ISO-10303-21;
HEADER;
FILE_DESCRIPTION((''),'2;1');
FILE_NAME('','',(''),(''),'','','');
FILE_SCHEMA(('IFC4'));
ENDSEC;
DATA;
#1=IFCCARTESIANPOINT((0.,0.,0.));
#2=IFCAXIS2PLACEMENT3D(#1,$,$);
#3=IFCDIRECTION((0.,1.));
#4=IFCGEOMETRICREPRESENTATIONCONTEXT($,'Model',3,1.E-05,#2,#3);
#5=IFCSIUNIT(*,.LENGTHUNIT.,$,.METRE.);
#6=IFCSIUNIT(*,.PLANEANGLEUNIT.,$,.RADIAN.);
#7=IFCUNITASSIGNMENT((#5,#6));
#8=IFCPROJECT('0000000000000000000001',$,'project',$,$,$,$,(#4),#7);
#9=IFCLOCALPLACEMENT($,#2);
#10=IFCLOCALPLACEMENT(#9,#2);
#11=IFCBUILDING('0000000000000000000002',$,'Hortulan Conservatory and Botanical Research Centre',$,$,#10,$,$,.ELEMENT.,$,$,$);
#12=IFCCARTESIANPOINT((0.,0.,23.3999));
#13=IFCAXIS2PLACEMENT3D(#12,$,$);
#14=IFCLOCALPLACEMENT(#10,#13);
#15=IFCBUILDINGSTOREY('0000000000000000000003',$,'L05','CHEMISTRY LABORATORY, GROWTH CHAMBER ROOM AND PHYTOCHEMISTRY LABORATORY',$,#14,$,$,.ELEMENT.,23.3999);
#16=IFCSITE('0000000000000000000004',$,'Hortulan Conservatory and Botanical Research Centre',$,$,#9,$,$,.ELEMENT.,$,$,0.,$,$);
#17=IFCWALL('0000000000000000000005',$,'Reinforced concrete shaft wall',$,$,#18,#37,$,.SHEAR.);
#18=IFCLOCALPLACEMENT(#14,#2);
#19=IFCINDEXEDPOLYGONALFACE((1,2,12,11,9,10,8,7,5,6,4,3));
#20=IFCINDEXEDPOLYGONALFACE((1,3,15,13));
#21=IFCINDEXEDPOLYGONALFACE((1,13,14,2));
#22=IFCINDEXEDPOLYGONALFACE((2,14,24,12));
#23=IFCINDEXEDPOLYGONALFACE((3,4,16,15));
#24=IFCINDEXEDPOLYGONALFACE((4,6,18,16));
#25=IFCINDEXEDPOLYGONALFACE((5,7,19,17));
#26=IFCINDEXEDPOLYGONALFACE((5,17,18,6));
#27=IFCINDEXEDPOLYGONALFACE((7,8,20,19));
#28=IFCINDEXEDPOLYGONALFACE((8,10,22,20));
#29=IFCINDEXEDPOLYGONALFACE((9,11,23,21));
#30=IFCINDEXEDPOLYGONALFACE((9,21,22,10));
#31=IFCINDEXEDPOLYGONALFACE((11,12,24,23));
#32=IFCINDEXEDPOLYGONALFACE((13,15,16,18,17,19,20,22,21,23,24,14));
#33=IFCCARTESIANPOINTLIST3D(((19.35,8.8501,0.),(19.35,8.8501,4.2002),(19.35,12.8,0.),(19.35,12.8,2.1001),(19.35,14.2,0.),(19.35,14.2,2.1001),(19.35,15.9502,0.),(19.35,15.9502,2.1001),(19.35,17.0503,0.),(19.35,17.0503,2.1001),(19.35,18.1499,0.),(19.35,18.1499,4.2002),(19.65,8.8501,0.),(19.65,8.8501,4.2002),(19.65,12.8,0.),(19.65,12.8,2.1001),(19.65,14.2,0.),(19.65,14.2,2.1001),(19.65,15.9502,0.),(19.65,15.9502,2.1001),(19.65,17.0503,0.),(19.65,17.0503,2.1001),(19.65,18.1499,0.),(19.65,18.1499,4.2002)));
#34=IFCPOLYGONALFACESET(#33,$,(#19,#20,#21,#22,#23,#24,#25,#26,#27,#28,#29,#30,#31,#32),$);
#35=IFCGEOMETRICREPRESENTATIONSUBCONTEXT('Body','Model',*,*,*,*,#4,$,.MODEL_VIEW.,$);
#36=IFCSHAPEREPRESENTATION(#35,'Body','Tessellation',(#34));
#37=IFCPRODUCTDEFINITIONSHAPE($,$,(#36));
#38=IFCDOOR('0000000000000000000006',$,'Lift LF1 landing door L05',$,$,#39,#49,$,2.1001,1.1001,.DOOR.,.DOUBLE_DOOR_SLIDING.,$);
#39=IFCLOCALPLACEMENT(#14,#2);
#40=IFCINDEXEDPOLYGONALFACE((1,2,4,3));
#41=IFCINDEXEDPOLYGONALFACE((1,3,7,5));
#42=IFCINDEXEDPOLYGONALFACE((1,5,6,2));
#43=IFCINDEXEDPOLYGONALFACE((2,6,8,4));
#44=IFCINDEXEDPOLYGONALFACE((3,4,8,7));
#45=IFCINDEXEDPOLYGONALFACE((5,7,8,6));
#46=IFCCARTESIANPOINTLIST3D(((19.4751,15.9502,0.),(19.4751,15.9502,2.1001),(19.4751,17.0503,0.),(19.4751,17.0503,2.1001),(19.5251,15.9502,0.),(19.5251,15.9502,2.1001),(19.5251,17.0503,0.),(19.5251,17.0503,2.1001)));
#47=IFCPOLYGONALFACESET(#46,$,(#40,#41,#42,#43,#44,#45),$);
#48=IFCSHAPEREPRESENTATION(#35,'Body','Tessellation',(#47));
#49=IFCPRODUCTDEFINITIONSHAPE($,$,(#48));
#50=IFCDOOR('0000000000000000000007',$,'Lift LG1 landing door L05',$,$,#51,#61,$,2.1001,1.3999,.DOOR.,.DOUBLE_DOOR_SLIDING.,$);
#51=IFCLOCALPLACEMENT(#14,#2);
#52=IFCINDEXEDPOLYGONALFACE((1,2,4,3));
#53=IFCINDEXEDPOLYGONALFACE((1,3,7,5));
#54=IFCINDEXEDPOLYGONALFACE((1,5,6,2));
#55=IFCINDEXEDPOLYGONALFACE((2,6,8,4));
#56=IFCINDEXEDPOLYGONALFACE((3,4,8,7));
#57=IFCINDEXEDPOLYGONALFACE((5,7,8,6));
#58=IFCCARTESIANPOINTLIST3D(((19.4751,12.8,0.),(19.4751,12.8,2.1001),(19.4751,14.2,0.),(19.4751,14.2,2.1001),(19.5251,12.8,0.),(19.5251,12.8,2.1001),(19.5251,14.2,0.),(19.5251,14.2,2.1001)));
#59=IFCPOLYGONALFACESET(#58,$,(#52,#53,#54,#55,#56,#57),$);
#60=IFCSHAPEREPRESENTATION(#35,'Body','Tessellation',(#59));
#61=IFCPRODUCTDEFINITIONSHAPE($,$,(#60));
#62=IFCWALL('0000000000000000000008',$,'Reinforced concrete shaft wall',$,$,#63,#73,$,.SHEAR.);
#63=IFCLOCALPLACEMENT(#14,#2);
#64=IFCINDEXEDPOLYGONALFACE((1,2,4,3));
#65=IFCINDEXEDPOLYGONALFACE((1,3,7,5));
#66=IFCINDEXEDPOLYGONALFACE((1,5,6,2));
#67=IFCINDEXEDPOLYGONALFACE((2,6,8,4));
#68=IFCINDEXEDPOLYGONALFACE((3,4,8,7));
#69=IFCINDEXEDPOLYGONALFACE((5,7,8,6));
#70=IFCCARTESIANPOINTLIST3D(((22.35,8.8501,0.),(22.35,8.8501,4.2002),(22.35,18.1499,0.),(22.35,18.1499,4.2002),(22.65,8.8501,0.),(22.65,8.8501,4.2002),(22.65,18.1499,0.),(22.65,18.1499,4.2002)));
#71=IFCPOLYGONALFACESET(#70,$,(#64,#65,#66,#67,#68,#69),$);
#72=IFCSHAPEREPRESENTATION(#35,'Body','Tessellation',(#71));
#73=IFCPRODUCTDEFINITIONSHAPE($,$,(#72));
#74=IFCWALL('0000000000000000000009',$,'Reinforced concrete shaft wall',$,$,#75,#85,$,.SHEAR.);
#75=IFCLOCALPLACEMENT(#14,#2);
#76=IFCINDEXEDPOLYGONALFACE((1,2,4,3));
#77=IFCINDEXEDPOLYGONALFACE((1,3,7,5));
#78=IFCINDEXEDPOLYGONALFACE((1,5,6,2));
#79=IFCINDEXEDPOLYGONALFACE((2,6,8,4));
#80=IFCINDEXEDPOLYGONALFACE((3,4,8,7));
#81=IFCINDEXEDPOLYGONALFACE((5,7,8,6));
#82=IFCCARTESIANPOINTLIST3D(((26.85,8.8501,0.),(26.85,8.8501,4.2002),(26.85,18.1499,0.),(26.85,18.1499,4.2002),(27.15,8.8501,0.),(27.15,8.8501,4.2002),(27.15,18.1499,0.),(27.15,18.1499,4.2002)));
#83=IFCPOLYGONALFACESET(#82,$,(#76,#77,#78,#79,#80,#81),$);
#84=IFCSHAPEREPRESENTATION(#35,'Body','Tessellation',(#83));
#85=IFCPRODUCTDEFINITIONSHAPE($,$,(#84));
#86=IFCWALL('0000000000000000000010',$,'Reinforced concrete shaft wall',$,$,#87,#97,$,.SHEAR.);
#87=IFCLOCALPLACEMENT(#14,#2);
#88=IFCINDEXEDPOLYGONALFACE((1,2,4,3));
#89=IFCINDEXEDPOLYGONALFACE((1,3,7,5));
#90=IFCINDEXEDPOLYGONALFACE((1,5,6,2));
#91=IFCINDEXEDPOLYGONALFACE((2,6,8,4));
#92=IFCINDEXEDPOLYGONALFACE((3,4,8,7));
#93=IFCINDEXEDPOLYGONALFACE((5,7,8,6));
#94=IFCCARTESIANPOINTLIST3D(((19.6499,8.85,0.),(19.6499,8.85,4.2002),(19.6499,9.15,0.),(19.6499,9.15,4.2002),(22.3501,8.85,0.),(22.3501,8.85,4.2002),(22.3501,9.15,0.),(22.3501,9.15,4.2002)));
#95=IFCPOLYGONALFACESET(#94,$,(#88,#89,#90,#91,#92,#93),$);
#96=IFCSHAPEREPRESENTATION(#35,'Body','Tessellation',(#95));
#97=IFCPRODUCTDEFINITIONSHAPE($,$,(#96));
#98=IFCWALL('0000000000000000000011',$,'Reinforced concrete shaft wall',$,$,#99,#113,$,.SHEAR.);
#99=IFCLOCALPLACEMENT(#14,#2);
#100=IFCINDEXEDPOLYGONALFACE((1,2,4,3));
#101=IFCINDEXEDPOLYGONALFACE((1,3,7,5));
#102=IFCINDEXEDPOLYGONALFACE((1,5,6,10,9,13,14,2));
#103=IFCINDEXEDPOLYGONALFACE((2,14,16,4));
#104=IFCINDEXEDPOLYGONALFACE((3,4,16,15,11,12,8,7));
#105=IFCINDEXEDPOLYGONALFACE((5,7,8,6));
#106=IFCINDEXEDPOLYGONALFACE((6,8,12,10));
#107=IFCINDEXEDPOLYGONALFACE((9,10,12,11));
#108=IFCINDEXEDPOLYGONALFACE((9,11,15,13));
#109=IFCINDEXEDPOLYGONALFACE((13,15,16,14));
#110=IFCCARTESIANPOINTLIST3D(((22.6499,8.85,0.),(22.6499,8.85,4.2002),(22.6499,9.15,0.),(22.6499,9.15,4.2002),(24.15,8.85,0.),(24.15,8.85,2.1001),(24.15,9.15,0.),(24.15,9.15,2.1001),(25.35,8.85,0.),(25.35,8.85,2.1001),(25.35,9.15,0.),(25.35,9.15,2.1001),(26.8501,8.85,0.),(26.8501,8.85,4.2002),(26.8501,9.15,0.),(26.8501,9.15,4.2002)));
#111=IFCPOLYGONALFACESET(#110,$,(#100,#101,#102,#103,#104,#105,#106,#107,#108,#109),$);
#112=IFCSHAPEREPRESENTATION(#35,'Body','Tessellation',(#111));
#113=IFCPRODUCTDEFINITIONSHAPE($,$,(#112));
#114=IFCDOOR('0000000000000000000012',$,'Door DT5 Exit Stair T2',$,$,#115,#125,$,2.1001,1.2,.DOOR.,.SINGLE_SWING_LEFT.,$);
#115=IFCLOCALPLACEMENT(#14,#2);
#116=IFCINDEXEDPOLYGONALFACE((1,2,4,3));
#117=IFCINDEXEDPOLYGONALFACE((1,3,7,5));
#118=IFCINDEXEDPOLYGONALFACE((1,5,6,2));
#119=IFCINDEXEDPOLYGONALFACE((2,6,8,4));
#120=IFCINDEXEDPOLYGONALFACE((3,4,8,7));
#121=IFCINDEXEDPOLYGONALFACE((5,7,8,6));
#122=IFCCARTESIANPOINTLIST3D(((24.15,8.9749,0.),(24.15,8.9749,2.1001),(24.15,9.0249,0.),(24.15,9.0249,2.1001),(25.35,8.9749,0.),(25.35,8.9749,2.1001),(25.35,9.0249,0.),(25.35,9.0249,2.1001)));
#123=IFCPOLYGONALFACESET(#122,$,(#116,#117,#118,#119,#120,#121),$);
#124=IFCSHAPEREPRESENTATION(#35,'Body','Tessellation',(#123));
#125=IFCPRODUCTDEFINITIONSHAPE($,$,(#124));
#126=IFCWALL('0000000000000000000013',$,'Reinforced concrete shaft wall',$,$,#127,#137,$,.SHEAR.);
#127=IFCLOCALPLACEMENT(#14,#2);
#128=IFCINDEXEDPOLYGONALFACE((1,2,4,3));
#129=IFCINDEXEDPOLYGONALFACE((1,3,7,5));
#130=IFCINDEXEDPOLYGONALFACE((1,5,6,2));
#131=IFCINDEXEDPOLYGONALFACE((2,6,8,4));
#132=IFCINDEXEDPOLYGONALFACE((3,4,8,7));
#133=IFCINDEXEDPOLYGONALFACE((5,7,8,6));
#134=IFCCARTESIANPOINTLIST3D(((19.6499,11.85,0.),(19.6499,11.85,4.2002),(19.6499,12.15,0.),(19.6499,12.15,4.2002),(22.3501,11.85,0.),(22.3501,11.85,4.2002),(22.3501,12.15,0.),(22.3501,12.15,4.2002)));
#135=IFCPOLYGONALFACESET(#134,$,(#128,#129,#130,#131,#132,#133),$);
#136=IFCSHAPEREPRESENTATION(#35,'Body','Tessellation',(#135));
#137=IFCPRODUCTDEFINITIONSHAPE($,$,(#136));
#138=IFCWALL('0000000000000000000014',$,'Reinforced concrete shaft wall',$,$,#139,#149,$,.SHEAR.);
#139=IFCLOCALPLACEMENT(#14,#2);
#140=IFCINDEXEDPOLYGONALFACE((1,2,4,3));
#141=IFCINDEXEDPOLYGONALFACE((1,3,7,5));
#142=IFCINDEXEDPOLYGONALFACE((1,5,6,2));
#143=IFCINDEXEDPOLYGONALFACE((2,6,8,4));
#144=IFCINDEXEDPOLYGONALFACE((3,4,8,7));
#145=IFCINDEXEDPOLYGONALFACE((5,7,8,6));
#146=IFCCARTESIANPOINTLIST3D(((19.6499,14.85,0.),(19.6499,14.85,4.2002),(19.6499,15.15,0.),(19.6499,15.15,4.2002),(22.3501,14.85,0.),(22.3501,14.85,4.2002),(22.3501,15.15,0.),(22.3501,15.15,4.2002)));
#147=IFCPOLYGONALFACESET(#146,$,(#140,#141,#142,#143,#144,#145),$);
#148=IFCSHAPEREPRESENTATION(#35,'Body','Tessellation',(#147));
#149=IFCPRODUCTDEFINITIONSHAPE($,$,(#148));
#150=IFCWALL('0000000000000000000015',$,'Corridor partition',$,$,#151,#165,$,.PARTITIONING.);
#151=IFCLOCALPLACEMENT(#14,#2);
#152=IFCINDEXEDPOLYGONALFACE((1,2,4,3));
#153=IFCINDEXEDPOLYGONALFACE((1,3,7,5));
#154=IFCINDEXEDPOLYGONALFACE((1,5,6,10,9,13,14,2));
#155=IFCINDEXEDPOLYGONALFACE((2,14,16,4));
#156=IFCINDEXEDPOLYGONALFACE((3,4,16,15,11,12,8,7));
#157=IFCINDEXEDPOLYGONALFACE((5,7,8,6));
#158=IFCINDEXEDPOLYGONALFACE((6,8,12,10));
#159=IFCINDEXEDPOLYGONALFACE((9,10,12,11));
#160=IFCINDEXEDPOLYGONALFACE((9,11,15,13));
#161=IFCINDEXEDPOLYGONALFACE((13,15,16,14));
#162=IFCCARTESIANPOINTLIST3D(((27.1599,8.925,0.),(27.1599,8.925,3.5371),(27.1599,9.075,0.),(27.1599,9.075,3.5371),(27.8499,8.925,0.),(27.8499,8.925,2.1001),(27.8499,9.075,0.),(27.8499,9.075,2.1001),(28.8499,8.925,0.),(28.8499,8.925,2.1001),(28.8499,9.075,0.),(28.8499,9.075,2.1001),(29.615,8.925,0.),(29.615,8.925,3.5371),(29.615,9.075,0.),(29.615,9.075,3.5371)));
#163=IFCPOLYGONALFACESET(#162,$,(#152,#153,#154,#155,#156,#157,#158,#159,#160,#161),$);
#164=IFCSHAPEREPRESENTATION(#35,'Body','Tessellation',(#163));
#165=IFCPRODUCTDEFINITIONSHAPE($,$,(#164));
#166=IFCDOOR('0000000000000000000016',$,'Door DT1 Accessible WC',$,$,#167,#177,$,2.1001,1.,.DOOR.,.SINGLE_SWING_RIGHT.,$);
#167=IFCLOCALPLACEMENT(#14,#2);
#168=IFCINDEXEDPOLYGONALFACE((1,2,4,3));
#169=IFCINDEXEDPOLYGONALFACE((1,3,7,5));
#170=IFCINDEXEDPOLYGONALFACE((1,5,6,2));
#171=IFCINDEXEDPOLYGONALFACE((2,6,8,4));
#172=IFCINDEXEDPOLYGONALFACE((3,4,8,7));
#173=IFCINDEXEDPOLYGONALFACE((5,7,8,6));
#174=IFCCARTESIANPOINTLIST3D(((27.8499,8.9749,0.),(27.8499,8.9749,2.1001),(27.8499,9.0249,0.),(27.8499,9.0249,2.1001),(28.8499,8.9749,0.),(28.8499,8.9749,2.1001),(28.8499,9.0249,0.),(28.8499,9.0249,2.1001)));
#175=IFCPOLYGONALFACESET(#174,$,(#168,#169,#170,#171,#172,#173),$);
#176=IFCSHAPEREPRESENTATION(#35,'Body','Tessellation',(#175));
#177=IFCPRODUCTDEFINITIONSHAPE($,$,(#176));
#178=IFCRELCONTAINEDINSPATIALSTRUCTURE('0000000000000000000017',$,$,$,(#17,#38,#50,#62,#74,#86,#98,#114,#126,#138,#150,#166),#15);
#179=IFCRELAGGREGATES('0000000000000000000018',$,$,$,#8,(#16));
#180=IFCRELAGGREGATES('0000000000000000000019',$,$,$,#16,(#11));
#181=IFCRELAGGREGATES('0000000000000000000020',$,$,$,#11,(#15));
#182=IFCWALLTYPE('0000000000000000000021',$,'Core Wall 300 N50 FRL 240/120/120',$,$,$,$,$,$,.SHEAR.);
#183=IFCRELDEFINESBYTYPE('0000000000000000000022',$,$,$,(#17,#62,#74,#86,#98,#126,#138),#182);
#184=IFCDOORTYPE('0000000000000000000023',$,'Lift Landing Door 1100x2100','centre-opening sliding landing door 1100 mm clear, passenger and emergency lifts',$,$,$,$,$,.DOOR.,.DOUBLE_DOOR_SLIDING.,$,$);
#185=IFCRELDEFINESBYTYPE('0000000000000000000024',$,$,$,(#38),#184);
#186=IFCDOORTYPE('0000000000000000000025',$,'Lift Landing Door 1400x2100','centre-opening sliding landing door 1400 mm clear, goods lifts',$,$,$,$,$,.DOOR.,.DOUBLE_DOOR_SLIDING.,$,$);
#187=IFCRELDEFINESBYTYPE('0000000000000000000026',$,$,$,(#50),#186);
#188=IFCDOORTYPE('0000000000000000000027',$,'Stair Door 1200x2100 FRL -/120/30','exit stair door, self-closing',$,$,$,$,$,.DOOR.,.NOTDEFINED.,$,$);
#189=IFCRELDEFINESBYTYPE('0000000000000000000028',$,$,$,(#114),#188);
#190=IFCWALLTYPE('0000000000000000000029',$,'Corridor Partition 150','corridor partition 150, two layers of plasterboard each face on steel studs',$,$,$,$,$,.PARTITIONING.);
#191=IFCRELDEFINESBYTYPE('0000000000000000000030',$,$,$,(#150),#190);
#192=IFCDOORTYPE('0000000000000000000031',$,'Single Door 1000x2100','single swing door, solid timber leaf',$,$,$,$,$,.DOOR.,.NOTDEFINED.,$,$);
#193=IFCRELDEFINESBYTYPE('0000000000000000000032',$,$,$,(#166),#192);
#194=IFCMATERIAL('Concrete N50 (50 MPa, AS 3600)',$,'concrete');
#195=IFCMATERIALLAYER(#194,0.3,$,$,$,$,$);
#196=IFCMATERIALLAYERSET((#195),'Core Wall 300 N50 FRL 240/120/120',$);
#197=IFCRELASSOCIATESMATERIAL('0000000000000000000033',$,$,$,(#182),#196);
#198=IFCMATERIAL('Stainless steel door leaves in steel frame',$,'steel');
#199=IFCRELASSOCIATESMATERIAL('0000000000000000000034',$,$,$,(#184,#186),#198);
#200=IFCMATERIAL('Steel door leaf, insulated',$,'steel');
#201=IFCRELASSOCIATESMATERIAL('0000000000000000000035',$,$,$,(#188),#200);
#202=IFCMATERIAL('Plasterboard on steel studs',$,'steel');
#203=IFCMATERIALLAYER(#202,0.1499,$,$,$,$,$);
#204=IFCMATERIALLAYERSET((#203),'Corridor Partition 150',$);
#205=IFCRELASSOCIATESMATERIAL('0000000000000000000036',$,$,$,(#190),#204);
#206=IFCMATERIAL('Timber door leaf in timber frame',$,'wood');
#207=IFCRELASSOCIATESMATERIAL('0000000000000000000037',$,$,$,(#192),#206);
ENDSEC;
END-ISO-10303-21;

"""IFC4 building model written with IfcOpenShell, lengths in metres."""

from ifc_helpers import new_model, si_unit, direction, frame, frame_2d, origin, place, context, subcontext, project, spatial, rectangle, extrude, material, layer, layer_set, type_object, element, fill, save


model = new_model("IFC4")

# Units and contexts
model_context = context("Model", 3, precision=1e-05, world=origin(), true_north=direction((0.0, 1.0)))
body_context = subcontext(model_context, "Body", "Model", "MODEL_VIEW")
ifc_project = project(units=[si_unit("LENGTHUNIT", "METRE"), si_unit("PLANEANGLEUNIT", "RADIAN")], contexts=[model_context])

# Site, building, storey
site_placement = place(None, origin())
site = spatial("IfcSite", under=ifc_project, at=site_placement, Name="Hortulan Conservatory and Botanical Research Centre", CompositionType="ELEMENT", RefElevation=0.0)
building_placement = place(site_placement, origin())
building = spatial("IfcBuilding", under=site, at=building_placement, Name="Hortulan Conservatory and Botanical Research Centre", CompositionType="ELEMENT")
storey_placement = place(building_placement, frame((0.0, 0.0, 23.3999)))
storey = spatial("IfcBuildingStorey", under=building, at=storey_placement, Name="L05", Description="CHEMISTRY LABORATORY, GROWTH CHAMBER ROOM AND PHYTOCHEMISTRY LABORATORY", CompositionType="ELEMENT", Elevation=23.3999)

# Wall, openings, doors
ifc_material_1 = material(Name="Concrete N50 (50 MPa, AS 3600)", Category="concrete")
ifc_layer_1 = layer(ifc_material_1, 0.3)
ifc_layer_set_1 = layer_set([ifc_layer_1], Name="Core Wall 300 N50 FRL 240/120/120")
wall_type_1 = type_object("IfcWallType", Name="Core Wall 300 N50 FRL 240/120/120", PredefinedType="SHEAR", material=ifc_layer_set_1)
wall_1_placement = place(storey_placement, frame((19.5, 8.8501, 0.0), z_axis=(0.0, 0.0, 1.0), x_axis=(0.0, 1.0, 0.0)))
wall_1 = element("IfcWall", 1, at=wall_1_placement, inside=storey, type_object=wall_type_1, Name="Reinforced concrete shaft wall", PredefinedType="SHEAR", context=body_context, shape_type="SweptSolid", body=[
    extrude(rectangle(XDim=9.2998, YDim=0.3, at=frame_2d((4.6499, 0.0))), origin(), (0.0, 0.0, 1.0), 4.2002),
])
opening_1_placement = place(wall_1_placement, frame((3.95, 0.0, 0.0)))
opening_1 = element("IfcOpeningElement", 2, at=opening_1_placement, cuts=wall_1, PredefinedType="OPENING", context=body_context, shape_type="SweptSolid", body=[
    extrude(rectangle(XDim=1.3999, YDim=2.1001, at=frame_2d((0.7, 1.05))), frame((0.0, 0.1599, 0.0), z_axis=(0.0, -1.0, 0.0), x_axis=(1.0, 0.0, 0.0)), (0.0, 0.0, 1.0), 0.3201),
])
opening_2_placement = place(wall_1_placement, frame((7.1001, 0.0, 0.0)))
opening_2 = element("IfcOpeningElement", 3, at=opening_2_placement, cuts=wall_1, PredefinedType="OPENING", context=body_context, shape_type="SweptSolid", body=[
    extrude(rectangle(XDim=1.1001, YDim=2.1001, at=frame_2d((0.55, 1.05))), frame((0.0, 0.1599, 0.0), z_axis=(0.0, -1.0, 0.0), x_axis=(1.0, 0.0, 0.0)), (0.0, 0.0, 1.0), 0.3201),
])
ifc_material_2 = material(Name="Stainless steel door leaves in steel frame", Category="steel")
door_type_1 = type_object("IfcDoorType", Name="Lift Landing Door 1100x2100", Description="centre-opening sliding landing door 1100 mm clear, passenger and emergency lifts", OperationType="DOUBLE_DOOR_SLIDING", PredefinedType="DOOR", material=ifc_material_2)
door_1_placement = place(opening_2_placement, origin())
door_1 = element("IfcDoor", 4, at=door_1_placement, inside=storey, type_object=door_type_1, Name="Lift LF1 landing door L05", OperationType="DOUBLE_DOOR_SLIDING", OverallHeight=2.1001, OverallWidth=1.1001, PredefinedType="DOOR", context=body_context, shape_type="SweptSolid", body=[
    extrude(rectangle(XDim=1.1001, YDim=2.1001, at=frame_2d((0.55, 1.05))), frame((0.0, 0.0249, 0.0), z_axis=(0.0, -1.0, 0.0), x_axis=(1.0, 0.0, 0.0)), (0.0, 0.0, 1.0), 0.05),
])
fill(opening_2, door_1)
door_type_2 = type_object("IfcDoorType", Name="Lift Landing Door 1400x2100", Description="centre-opening sliding landing door 1400 mm clear, goods lifts", OperationType="DOUBLE_DOOR_SLIDING", PredefinedType="DOOR", material=ifc_material_2)
door_2_placement = place(opening_1_placement, origin())
door_2 = element("IfcDoor", 5, at=door_2_placement, inside=storey, type_object=door_type_2, Name="Lift LG1 landing door L05", OperationType="DOUBLE_DOOR_SLIDING", OverallHeight=2.1001, OverallWidth=1.3999, PredefinedType="DOOR", context=body_context, shape_type="SweptSolid", body=[
    extrude(rectangle(XDim=1.3999, YDim=2.1001, at=frame_2d((0.7, 1.05))), frame((0.0, 0.0249, 0.0), z_axis=(0.0, -1.0, 0.0), x_axis=(1.0, 0.0, 0.0)), (0.0, 0.0, 1.0), 0.05),
])
fill(opening_1, door_2)

# Walls
for number, where, z_axis, x_axis, name in (
    (6, (22.5, 8.8501, 0.0), (0.0, 0.0, 1.0), (0.0, 1.0, 0.0), "Reinforced concrete shaft wall"),
    (7, (27.0, 8.8501, 0.0), (0.0, 0.0, 1.0), (0.0, 1.0, 0.0), "Reinforced concrete shaft wall"),
):
    element("IfcWall", number, at=place(storey_placement, frame(where, z_axis=z_axis, x_axis=x_axis)), inside=storey, type_object=wall_type_1, Name=name, PredefinedType="SHEAR", context=body_context, shape_type="SweptSolid", body=[
        extrude(rectangle(XDim=9.2998, YDim=0.3, at=frame_2d((4.6499, 0.0))), origin(), (0.0, 0.0, 1.0), 4.2002),
    ])
wall_2_placement = place(storey_placement, frame((19.6499, 9.0, 0.0), z_axis=(0.0, 0.0, 1.0), x_axis=(1.0, 0.0, 0.0)))
element("IfcWall", 8, at=wall_2_placement, inside=storey, type_object=wall_type_1, Name="Reinforced concrete shaft wall", PredefinedType="SHEAR", context=body_context, shape_type="SweptSolid", body=[
    extrude(rectangle(XDim=2.7002, YDim=0.3, at=frame_2d((1.3501, 0.0))), origin(), (0.0, 0.0, 1.0), 4.2002),
])

# Wall, opening, door
wall_3_placement = place(storey_placement, frame((22.6499, 9.0, 0.0), z_axis=(0.0, 0.0, 1.0), x_axis=(1.0, 0.0, 0.0)))
wall_3 = element("IfcWall", 9, at=wall_3_placement, inside=storey, type_object=wall_type_1, Name="Reinforced concrete shaft wall", PredefinedType="SHEAR", context=body_context, shape_type="SweptSolid", body=[
    extrude(rectangle(XDim=4.2002, YDim=0.3, at=frame_2d((2.1001, 0.0))), origin(), (0.0, 0.0, 1.0), 4.2002),
])
opening_3_placement = place(wall_3_placement, frame((1.5, 0.0, 0.0)))
opening_3 = element("IfcOpeningElement", 10, at=opening_3_placement, cuts=wall_3, PredefinedType="OPENING", context=body_context, shape_type="SweptSolid", body=[
    extrude(rectangle(XDim=1.2, YDim=2.1001, at=frame_2d((0.6001, 1.05))), frame((0.0, 0.1599, 0.0), z_axis=(0.0, -1.0, 0.0), x_axis=(1.0, 0.0, 0.0)), (0.0, 0.0, 1.0), 0.3201),
])
ifc_material_3 = material(Name="Steel door leaf, insulated", Category="steel")
door_type_3 = type_object("IfcDoorType", Name="Stair Door 1200x2100 FRL -/120/30", Description="exit stair door, self-closing", OperationType="NOTDEFINED", PredefinedType="DOOR", material=ifc_material_3)
door_3_placement = place(opening_3_placement, origin())
door_3 = element("IfcDoor", 11, at=door_3_placement, inside=storey, type_object=door_type_3, Name="Door DT5 Exit Stair T2", OperationType="SINGLE_SWING_LEFT", OverallHeight=2.1001, OverallWidth=1.2, PredefinedType="DOOR", context=body_context, shape_type="SweptSolid", body=[
    extrude(rectangle(XDim=1.2, YDim=2.1001, at=frame_2d((0.6001, 1.05))), frame((0.0, 0.0249, 0.0), z_axis=(0.0, -1.0, 0.0), x_axis=(1.0, 0.0, 0.0)), (0.0, 0.0, 1.0), 0.05),
])
fill(opening_3, door_3)

# Walls
for number, where, z_axis, x_axis, name in (
    (12, (19.6499, 12.0, 0.0), (0.0, 0.0, 1.0), (1.0, 0.0, 0.0), "Reinforced concrete shaft wall"),
    (13, (19.6499, 15.0, 0.0), (0.0, 0.0, 1.0), (1.0, 0.0, 0.0), "Reinforced concrete shaft wall"),
):
    element("IfcWall", number, at=place(storey_placement, frame(where, z_axis=z_axis, x_axis=x_axis)), inside=storey, type_object=wall_type_1, Name=name, PredefinedType="SHEAR", context=body_context, shape_type="SweptSolid", body=[
        extrude(rectangle(XDim=2.7002, YDim=0.3, at=frame_2d((1.3501, 0.0))), origin(), (0.0, 0.0, 1.0), 4.2002),
    ])

# Wall, opening, door
ifc_material_4 = material(Name="Plasterboard on steel studs", Category="steel")
ifc_layer_2 = layer(ifc_material_4, 0.1499)
ifc_layer_set_2 = layer_set([ifc_layer_2], Name="Corridor Partition 150")
wall_type_2 = type_object("IfcWallType", Name="Corridor Partition 150", Description="corridor partition 150, two layers of plasterboard each face on steel studs", PredefinedType="PARTITIONING", material=ifc_layer_set_2)
wall_4_placement = place(storey_placement, frame((27.1599, 9.0, 0.0), z_axis=(0.0, 0.0, 1.0), x_axis=(1.0, 0.0, 0.0)))
wall_4 = element("IfcWall", 14, at=wall_4_placement, inside=storey, type_object=wall_type_2, Name="Corridor partition", PredefinedType="PARTITIONING", context=body_context, shape_type="SweptSolid", body=[
    extrude(rectangle(XDim=2.4551, YDim=0.1499, at=frame_2d((1.2275, 0.0))), origin(), (0.0, 0.0, 1.0), 3.5371),
])
opening_4_placement = place(wall_4_placement, frame((0.6899, 0.0, 0.0)))
opening_4 = element("IfcOpeningElement", 15, at=opening_4_placement, cuts=wall_4, PredefinedType="OPENING", context=body_context, shape_type="SweptSolid", body=[
    extrude(rectangle(XDim=1.0, YDim=2.1001, at=frame_2d((0.5, 1.05))), frame((0.0, 0.085, 0.0), z_axis=(0.0, -1.0, 0.0), x_axis=(1.0, 0.0, 0.0)), (0.0, 0.0, 1.0), 0.1699),
])
ifc_material_5 = material(Name="Timber door leaf in timber frame", Category="wood")
door_type_4 = type_object("IfcDoorType", Name="Single Door 1000x2100", Description="single swing door, solid timber leaf", OperationType="NOTDEFINED", PredefinedType="DOOR", material=ifc_material_5)
door_4_placement = place(opening_4_placement, origin())
door_4 = element("IfcDoor", 16, at=door_4_placement, inside=storey, type_object=door_type_4, Name="Door DT1 Accessible WC", OperationType="SINGLE_SWING_RIGHT", OverallHeight=2.1001, OverallWidth=1.0, PredefinedType="DOOR", context=body_context, shape_type="SweptSolid", body=[
    extrude(rectangle(XDim=1.0, YDim=2.1001, at=frame_2d((0.5, 1.05))), frame((0.0, 0.0249, 0.0), z_axis=(0.0, -1.0, 0.0), x_axis=(1.0, 0.0, 0.0)), (0.0, 0.0, 1.0), 0.05),
])
fill(opening_4, door_4)

save(model, "model.ifc")
